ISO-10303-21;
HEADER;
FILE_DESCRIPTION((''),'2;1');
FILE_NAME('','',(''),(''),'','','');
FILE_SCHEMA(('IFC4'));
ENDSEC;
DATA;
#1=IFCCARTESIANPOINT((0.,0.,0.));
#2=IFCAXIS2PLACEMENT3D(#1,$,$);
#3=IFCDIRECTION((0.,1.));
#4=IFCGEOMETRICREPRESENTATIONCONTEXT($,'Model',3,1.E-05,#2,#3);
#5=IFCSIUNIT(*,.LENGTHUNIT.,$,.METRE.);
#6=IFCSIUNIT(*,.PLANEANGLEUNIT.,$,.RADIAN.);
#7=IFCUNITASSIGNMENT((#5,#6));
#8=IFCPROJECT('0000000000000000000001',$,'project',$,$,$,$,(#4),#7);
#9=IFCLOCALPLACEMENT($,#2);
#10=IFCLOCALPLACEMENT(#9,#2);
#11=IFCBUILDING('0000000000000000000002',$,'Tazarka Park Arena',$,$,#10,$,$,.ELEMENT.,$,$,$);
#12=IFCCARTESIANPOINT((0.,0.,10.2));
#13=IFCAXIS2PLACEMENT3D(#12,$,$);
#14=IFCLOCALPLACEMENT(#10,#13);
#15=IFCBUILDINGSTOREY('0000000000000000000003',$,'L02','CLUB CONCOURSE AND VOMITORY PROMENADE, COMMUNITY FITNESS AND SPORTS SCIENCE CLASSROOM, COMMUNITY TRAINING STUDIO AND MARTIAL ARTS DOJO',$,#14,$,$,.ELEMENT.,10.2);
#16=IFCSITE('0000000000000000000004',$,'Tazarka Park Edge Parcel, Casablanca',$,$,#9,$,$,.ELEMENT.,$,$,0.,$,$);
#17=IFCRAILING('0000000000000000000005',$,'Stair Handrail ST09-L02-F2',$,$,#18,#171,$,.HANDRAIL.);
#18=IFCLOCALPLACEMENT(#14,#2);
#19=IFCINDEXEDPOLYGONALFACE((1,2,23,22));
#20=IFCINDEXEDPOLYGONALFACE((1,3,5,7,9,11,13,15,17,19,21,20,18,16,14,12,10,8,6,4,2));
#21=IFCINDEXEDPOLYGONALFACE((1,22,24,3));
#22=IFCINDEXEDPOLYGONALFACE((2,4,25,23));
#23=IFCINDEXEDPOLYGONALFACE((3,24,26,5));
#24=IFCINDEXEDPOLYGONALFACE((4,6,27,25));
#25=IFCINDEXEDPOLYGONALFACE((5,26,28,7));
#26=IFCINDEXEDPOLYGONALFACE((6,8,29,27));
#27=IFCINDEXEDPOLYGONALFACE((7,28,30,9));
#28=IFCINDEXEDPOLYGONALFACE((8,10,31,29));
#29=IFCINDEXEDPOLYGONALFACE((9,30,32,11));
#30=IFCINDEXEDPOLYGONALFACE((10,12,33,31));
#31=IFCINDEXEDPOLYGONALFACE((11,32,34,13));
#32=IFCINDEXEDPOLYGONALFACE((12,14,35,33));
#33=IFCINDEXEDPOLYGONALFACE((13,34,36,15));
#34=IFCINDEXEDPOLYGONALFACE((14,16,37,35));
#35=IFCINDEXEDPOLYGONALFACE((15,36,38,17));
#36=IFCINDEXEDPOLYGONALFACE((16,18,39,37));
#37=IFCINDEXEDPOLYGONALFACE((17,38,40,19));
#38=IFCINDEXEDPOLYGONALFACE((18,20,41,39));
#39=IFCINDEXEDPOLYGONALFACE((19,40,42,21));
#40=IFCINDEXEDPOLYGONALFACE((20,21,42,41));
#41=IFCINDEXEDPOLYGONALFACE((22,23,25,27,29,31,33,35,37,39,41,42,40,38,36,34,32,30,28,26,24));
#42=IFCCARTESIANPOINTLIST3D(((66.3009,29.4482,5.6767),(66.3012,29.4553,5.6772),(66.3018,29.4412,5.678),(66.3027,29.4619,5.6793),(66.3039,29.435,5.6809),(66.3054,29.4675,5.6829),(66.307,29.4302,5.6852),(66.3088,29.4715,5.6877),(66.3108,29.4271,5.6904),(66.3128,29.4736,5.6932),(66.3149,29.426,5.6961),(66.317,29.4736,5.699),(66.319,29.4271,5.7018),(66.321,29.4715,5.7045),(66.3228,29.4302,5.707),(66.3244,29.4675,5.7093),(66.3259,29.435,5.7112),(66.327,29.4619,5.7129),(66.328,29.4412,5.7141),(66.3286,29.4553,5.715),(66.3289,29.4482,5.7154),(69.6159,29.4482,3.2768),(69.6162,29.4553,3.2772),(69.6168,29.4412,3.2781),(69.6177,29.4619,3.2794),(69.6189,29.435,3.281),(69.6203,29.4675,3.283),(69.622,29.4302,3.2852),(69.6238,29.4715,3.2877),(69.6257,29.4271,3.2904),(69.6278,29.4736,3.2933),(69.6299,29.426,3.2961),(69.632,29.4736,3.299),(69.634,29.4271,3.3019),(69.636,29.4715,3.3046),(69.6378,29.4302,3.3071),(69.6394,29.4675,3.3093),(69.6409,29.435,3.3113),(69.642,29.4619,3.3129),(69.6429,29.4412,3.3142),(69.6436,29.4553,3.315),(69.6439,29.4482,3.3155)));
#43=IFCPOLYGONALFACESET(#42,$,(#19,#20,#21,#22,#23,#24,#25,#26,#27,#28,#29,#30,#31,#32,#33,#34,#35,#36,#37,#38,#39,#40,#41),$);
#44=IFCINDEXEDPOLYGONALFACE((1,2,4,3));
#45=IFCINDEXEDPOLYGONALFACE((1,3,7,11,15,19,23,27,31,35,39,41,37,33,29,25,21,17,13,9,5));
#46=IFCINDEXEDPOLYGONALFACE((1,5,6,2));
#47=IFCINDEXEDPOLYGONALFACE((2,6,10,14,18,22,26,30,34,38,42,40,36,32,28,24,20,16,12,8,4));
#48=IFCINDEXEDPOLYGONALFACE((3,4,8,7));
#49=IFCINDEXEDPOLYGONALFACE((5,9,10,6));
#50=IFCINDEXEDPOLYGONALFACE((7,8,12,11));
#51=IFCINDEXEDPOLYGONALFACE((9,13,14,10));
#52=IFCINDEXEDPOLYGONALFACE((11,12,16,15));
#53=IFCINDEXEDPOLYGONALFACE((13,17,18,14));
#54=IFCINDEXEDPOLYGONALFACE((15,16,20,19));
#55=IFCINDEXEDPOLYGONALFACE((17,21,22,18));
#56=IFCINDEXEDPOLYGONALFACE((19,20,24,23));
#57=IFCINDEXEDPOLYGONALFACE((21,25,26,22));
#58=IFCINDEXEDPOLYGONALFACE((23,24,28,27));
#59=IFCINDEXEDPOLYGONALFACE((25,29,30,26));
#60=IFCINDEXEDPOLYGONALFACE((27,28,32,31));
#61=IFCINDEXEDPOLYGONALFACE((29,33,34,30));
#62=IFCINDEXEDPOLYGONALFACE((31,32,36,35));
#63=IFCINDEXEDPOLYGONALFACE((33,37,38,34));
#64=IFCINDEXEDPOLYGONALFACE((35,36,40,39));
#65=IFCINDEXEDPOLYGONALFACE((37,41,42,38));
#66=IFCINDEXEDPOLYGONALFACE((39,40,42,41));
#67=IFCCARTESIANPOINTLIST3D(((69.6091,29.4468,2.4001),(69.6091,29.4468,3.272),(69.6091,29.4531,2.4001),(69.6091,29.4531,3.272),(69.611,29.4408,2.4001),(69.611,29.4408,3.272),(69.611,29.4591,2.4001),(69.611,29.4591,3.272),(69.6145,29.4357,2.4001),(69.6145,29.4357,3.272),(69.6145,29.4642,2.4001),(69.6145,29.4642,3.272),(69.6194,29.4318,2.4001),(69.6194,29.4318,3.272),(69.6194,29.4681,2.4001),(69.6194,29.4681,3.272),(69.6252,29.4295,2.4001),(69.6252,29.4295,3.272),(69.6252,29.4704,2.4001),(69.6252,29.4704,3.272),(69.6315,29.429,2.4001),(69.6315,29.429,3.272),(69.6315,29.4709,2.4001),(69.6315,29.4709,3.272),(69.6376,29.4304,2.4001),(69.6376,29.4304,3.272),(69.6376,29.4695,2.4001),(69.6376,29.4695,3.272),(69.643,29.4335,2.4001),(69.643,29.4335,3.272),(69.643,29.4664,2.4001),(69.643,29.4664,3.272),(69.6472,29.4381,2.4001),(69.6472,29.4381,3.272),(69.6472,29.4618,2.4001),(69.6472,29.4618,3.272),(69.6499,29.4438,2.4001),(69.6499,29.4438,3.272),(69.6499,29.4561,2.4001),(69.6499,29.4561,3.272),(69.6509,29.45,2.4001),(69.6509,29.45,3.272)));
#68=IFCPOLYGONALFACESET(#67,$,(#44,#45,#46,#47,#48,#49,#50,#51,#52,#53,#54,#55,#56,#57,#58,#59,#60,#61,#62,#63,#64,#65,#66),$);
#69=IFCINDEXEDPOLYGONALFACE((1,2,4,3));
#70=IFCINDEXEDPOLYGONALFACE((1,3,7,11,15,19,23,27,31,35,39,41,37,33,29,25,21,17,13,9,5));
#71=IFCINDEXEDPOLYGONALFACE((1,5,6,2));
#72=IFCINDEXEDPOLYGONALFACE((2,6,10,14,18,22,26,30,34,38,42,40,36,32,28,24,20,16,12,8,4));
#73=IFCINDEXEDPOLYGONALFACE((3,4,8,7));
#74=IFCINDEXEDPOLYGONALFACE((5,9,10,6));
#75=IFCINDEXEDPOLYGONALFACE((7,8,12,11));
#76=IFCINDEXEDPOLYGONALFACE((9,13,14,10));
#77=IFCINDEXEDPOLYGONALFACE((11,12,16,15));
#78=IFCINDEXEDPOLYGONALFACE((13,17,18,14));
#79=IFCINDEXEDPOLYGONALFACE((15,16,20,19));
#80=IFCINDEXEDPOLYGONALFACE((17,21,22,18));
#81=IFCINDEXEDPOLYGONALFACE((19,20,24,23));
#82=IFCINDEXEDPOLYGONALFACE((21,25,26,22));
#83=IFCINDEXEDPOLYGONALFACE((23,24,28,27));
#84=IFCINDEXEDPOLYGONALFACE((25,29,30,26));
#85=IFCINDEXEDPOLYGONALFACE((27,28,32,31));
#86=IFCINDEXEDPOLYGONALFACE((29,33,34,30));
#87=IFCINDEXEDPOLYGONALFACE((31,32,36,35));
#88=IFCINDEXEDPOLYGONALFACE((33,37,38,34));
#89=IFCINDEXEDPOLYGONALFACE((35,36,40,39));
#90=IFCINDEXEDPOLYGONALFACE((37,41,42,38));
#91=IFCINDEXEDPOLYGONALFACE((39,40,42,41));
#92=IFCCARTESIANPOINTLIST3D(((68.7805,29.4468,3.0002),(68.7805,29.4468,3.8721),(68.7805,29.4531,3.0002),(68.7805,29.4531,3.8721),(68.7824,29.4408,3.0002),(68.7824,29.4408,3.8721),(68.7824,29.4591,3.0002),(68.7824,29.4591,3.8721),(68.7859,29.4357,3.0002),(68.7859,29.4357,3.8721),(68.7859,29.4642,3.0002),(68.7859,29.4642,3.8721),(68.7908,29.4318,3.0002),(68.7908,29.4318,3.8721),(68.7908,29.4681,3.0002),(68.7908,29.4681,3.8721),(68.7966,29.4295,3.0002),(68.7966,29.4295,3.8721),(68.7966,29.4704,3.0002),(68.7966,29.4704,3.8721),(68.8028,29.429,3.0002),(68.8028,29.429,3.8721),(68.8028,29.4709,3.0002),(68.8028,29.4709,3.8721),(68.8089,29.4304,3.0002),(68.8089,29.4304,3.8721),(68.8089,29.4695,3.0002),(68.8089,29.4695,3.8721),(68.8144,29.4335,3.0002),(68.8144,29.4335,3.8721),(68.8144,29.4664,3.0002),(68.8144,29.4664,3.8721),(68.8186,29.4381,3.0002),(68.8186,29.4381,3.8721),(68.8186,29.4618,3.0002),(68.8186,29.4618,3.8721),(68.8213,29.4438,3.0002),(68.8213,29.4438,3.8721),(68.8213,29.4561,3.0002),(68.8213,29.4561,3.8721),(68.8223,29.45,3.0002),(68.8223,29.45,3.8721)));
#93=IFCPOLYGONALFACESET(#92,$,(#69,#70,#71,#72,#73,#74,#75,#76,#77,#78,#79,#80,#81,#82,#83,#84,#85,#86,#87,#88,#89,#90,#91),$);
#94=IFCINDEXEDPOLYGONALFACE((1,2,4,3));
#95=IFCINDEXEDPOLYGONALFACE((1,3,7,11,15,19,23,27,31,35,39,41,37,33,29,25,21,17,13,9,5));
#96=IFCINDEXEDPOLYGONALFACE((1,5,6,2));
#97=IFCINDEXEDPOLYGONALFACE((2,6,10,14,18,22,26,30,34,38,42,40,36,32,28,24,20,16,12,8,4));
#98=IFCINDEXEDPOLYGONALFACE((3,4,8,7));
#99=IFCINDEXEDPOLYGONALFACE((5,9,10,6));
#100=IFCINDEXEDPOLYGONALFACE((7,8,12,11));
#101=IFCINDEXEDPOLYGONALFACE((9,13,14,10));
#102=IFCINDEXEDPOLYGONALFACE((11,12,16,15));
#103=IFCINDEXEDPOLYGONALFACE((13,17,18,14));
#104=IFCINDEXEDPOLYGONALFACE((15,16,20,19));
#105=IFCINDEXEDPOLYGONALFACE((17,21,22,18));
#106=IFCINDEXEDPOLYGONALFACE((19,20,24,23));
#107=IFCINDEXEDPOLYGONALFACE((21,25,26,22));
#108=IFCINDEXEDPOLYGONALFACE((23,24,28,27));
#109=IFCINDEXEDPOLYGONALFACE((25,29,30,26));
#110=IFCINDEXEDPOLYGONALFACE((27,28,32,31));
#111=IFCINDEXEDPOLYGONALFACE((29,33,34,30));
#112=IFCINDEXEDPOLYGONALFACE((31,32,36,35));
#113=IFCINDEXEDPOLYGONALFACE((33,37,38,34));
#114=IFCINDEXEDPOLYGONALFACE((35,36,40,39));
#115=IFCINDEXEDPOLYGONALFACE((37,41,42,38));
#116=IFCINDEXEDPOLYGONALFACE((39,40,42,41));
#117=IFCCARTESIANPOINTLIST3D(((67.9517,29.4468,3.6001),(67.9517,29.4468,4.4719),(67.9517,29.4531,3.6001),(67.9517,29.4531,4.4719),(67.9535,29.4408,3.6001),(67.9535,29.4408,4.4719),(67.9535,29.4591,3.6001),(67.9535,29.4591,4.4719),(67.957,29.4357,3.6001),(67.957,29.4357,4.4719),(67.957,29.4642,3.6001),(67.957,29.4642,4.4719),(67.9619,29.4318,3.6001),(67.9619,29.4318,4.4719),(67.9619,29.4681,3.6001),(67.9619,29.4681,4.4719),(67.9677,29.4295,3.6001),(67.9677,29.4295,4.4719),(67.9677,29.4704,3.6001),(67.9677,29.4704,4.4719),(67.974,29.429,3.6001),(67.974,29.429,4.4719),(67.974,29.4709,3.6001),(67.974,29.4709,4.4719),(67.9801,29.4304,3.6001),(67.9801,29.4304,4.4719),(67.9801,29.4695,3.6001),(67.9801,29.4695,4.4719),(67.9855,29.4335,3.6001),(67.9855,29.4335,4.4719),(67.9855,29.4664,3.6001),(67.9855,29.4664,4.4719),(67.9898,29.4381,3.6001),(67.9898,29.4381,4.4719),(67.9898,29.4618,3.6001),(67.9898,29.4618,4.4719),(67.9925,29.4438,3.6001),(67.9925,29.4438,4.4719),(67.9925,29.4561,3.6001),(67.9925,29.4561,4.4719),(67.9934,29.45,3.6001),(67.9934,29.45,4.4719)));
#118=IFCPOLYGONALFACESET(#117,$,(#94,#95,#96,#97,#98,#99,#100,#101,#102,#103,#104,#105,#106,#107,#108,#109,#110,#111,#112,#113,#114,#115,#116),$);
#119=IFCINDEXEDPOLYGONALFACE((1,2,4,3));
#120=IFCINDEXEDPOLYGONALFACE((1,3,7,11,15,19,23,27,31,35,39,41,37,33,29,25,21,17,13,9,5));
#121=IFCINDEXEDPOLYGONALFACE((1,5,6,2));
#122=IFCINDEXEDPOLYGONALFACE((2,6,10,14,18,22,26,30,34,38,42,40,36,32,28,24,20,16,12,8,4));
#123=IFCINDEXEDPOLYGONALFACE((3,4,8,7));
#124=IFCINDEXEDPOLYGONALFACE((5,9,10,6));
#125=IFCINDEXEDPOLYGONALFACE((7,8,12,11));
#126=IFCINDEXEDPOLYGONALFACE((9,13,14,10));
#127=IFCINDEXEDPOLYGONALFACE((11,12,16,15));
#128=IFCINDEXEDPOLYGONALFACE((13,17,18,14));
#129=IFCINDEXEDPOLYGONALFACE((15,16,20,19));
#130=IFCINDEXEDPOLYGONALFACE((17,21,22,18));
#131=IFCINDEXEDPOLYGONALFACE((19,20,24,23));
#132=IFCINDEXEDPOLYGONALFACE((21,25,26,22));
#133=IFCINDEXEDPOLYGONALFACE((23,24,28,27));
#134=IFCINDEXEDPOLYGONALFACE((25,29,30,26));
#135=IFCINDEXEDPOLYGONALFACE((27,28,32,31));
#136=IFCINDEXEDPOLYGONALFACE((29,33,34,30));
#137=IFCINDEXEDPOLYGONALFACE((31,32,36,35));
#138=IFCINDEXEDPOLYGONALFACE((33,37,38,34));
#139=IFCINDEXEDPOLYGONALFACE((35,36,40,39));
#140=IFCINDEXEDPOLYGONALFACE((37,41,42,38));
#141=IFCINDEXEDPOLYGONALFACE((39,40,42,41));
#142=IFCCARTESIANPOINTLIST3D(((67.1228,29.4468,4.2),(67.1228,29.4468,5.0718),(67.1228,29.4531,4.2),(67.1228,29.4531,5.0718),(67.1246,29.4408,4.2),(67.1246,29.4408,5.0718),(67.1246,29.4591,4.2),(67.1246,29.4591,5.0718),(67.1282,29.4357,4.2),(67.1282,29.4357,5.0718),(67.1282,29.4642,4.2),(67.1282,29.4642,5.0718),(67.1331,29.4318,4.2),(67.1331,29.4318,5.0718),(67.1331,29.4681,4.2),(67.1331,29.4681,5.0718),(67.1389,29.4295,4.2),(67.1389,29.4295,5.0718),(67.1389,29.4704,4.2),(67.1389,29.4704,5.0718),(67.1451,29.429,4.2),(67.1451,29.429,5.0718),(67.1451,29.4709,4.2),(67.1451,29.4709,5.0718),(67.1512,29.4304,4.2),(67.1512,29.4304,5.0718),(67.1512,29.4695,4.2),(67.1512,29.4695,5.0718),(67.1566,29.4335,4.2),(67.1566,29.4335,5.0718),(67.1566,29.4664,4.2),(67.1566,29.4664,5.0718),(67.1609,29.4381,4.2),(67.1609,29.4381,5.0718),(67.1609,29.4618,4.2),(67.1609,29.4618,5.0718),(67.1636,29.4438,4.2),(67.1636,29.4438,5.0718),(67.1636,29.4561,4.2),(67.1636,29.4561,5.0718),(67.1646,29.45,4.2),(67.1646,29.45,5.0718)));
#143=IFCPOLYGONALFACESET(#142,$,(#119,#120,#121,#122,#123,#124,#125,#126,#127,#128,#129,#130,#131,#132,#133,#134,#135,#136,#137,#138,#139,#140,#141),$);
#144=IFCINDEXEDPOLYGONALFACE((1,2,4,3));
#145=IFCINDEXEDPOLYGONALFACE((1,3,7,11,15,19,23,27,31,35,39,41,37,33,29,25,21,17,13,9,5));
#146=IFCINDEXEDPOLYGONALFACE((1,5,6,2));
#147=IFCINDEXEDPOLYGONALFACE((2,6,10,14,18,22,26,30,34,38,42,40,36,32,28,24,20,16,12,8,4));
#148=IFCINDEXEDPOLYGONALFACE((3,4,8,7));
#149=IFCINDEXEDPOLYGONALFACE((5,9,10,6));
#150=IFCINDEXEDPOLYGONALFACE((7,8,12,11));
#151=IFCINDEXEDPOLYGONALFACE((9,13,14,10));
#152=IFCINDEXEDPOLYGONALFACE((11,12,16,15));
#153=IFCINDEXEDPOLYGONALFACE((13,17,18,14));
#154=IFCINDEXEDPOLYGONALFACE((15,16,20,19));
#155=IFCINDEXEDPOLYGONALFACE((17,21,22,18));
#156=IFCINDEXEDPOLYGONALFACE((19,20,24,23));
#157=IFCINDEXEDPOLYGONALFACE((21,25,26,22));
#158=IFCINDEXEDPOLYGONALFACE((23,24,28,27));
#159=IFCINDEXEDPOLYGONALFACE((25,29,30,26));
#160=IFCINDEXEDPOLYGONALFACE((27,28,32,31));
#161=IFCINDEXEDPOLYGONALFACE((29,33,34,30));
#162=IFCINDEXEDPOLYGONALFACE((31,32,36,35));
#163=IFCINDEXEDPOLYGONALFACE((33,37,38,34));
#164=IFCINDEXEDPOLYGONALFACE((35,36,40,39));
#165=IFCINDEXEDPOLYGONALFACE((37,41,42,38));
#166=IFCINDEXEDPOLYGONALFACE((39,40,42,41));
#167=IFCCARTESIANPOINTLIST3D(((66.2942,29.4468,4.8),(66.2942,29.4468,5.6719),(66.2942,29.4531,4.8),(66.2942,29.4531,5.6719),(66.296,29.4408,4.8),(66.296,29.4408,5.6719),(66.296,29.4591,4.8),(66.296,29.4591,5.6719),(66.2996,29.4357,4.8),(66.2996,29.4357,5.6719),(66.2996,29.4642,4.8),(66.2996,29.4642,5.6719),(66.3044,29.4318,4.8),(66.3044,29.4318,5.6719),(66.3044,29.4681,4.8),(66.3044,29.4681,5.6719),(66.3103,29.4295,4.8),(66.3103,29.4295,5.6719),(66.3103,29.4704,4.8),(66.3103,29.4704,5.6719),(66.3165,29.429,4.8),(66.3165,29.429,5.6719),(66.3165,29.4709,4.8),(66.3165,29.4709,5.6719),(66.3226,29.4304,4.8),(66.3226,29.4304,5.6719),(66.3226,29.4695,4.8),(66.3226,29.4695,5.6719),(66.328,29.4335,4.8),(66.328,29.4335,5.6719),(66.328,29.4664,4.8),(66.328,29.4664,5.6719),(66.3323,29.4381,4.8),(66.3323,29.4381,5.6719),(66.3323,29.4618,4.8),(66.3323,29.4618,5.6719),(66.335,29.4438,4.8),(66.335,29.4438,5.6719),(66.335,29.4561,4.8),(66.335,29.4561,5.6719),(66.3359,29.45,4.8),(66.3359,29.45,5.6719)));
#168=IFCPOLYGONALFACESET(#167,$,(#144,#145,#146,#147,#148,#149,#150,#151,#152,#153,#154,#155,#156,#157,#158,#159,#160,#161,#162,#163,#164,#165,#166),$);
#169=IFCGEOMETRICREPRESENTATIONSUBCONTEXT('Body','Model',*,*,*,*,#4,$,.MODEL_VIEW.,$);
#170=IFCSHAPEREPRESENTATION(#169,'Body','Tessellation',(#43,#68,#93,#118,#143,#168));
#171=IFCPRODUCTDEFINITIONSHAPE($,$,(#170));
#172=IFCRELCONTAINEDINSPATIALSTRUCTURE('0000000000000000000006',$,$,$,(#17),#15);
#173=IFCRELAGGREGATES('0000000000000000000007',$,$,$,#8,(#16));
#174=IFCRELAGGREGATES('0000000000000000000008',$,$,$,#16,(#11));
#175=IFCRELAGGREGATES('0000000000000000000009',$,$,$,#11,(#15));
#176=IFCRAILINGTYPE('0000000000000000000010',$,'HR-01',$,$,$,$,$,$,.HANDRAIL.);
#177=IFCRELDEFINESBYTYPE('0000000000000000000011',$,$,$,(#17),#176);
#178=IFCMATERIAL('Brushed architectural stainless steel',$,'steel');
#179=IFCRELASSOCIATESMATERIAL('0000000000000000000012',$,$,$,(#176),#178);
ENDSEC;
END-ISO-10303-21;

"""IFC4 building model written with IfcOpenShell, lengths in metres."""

from ifc_helpers import new_model, si_unit, direction, frame, origin, origin_2d, place, context, subcontext, project, spatial, circle, extrude, material, type_object, element, save


model = new_model("IFC4")

# Units and contexts
model_context = context("Model", 3, precision=1e-05, world=origin(), true_north=direction((0.0, 1.0)))
body_context = subcontext(model_context, "Body", "Model", "MODEL_VIEW")
ifc_project = project(units=[si_unit("LENGTHUNIT", "METRE"), si_unit("PLANEANGLEUNIT", "RADIAN")], contexts=[model_context])

# Site, building, storey
site_placement = place(None, origin())
site = spatial("IfcSite", under=ifc_project, at=site_placement, Name="Tazarka Park Edge Parcel, Casablanca", CompositionType="ELEMENT", RefElevation=0.0)
building_placement = place(site_placement, origin())
building = spatial("IfcBuilding", under=site, at=building_placement, Name="Tazarka Park Arena", CompositionType="ELEMENT")
storey_placement = place(building_placement, frame((0.0, 0.0, 10.2)))
storey = spatial("IfcBuildingStorey", under=building, at=storey_placement, Name="L02", Description="CLUB CONCOURSE AND VOMITORY PROMENADE, COMMUNITY FITNESS AND SPORTS SCIENCE CLASSROOM, COMMUNITY TRAINING STUDIO AND MARTIAL ARTS DOJO", CompositionType="ELEMENT", Elevation=10.2)

# Railing
ifc_material_1 = material(Name="Brushed architectural stainless steel", Category="steel")
railing_type_1 = type_object("IfcRailingType", Name="HR-01", PredefinedType="HANDRAIL", material=ifc_material_1)
railing_1_placement = place(storey_placement, frame((69.6299, 29.45, 2.4001)))
element("IfcRailing", 1, at=railing_1_placement, inside=storey, type_object=railing_type_1, Name="Stair Handrail ST09-L02-F2", PredefinedType="HANDRAIL", context=body_context, shape_type="SweptSolid", body=[
    extrude(circle(Radius=0.0239, at=origin_2d()), frame((0.0, 0.0, 0.896), z_axis=(-0.810009, 0.0, 0.586418), x_axis=(0.0, -1.0, 0.0)), (0.0, 0.0, 1.0), 4.0925),
    extrude(circle(Radius=0.021, at=origin_2d()), origin(), (0.0, 0.0, 1.0), 0.8718),
    extrude(circle(Radius=0.021, at=origin_2d()), frame((-0.8286, 0.0, 0.6001)), (0.0, 0.0, 1.0), 0.8718),
    extrude(circle(Radius=0.021, at=origin_2d()), frame((-1.6575, 0.0, 1.2)), (0.0, 0.0, 1.0), 0.8718),
    extrude(circle(Radius=0.021, at=origin_2d()), frame((-2.4863, 0.0, 1.7998)), (0.0, 0.0, 1.0), 0.8718),
    extrude(circle(Radius=0.021, at=origin_2d()), frame((-3.3149, 0.0, 2.3999)), (0.0, 0.0, 1.0), 0.8718),
])

save(model, "model.ifc")
